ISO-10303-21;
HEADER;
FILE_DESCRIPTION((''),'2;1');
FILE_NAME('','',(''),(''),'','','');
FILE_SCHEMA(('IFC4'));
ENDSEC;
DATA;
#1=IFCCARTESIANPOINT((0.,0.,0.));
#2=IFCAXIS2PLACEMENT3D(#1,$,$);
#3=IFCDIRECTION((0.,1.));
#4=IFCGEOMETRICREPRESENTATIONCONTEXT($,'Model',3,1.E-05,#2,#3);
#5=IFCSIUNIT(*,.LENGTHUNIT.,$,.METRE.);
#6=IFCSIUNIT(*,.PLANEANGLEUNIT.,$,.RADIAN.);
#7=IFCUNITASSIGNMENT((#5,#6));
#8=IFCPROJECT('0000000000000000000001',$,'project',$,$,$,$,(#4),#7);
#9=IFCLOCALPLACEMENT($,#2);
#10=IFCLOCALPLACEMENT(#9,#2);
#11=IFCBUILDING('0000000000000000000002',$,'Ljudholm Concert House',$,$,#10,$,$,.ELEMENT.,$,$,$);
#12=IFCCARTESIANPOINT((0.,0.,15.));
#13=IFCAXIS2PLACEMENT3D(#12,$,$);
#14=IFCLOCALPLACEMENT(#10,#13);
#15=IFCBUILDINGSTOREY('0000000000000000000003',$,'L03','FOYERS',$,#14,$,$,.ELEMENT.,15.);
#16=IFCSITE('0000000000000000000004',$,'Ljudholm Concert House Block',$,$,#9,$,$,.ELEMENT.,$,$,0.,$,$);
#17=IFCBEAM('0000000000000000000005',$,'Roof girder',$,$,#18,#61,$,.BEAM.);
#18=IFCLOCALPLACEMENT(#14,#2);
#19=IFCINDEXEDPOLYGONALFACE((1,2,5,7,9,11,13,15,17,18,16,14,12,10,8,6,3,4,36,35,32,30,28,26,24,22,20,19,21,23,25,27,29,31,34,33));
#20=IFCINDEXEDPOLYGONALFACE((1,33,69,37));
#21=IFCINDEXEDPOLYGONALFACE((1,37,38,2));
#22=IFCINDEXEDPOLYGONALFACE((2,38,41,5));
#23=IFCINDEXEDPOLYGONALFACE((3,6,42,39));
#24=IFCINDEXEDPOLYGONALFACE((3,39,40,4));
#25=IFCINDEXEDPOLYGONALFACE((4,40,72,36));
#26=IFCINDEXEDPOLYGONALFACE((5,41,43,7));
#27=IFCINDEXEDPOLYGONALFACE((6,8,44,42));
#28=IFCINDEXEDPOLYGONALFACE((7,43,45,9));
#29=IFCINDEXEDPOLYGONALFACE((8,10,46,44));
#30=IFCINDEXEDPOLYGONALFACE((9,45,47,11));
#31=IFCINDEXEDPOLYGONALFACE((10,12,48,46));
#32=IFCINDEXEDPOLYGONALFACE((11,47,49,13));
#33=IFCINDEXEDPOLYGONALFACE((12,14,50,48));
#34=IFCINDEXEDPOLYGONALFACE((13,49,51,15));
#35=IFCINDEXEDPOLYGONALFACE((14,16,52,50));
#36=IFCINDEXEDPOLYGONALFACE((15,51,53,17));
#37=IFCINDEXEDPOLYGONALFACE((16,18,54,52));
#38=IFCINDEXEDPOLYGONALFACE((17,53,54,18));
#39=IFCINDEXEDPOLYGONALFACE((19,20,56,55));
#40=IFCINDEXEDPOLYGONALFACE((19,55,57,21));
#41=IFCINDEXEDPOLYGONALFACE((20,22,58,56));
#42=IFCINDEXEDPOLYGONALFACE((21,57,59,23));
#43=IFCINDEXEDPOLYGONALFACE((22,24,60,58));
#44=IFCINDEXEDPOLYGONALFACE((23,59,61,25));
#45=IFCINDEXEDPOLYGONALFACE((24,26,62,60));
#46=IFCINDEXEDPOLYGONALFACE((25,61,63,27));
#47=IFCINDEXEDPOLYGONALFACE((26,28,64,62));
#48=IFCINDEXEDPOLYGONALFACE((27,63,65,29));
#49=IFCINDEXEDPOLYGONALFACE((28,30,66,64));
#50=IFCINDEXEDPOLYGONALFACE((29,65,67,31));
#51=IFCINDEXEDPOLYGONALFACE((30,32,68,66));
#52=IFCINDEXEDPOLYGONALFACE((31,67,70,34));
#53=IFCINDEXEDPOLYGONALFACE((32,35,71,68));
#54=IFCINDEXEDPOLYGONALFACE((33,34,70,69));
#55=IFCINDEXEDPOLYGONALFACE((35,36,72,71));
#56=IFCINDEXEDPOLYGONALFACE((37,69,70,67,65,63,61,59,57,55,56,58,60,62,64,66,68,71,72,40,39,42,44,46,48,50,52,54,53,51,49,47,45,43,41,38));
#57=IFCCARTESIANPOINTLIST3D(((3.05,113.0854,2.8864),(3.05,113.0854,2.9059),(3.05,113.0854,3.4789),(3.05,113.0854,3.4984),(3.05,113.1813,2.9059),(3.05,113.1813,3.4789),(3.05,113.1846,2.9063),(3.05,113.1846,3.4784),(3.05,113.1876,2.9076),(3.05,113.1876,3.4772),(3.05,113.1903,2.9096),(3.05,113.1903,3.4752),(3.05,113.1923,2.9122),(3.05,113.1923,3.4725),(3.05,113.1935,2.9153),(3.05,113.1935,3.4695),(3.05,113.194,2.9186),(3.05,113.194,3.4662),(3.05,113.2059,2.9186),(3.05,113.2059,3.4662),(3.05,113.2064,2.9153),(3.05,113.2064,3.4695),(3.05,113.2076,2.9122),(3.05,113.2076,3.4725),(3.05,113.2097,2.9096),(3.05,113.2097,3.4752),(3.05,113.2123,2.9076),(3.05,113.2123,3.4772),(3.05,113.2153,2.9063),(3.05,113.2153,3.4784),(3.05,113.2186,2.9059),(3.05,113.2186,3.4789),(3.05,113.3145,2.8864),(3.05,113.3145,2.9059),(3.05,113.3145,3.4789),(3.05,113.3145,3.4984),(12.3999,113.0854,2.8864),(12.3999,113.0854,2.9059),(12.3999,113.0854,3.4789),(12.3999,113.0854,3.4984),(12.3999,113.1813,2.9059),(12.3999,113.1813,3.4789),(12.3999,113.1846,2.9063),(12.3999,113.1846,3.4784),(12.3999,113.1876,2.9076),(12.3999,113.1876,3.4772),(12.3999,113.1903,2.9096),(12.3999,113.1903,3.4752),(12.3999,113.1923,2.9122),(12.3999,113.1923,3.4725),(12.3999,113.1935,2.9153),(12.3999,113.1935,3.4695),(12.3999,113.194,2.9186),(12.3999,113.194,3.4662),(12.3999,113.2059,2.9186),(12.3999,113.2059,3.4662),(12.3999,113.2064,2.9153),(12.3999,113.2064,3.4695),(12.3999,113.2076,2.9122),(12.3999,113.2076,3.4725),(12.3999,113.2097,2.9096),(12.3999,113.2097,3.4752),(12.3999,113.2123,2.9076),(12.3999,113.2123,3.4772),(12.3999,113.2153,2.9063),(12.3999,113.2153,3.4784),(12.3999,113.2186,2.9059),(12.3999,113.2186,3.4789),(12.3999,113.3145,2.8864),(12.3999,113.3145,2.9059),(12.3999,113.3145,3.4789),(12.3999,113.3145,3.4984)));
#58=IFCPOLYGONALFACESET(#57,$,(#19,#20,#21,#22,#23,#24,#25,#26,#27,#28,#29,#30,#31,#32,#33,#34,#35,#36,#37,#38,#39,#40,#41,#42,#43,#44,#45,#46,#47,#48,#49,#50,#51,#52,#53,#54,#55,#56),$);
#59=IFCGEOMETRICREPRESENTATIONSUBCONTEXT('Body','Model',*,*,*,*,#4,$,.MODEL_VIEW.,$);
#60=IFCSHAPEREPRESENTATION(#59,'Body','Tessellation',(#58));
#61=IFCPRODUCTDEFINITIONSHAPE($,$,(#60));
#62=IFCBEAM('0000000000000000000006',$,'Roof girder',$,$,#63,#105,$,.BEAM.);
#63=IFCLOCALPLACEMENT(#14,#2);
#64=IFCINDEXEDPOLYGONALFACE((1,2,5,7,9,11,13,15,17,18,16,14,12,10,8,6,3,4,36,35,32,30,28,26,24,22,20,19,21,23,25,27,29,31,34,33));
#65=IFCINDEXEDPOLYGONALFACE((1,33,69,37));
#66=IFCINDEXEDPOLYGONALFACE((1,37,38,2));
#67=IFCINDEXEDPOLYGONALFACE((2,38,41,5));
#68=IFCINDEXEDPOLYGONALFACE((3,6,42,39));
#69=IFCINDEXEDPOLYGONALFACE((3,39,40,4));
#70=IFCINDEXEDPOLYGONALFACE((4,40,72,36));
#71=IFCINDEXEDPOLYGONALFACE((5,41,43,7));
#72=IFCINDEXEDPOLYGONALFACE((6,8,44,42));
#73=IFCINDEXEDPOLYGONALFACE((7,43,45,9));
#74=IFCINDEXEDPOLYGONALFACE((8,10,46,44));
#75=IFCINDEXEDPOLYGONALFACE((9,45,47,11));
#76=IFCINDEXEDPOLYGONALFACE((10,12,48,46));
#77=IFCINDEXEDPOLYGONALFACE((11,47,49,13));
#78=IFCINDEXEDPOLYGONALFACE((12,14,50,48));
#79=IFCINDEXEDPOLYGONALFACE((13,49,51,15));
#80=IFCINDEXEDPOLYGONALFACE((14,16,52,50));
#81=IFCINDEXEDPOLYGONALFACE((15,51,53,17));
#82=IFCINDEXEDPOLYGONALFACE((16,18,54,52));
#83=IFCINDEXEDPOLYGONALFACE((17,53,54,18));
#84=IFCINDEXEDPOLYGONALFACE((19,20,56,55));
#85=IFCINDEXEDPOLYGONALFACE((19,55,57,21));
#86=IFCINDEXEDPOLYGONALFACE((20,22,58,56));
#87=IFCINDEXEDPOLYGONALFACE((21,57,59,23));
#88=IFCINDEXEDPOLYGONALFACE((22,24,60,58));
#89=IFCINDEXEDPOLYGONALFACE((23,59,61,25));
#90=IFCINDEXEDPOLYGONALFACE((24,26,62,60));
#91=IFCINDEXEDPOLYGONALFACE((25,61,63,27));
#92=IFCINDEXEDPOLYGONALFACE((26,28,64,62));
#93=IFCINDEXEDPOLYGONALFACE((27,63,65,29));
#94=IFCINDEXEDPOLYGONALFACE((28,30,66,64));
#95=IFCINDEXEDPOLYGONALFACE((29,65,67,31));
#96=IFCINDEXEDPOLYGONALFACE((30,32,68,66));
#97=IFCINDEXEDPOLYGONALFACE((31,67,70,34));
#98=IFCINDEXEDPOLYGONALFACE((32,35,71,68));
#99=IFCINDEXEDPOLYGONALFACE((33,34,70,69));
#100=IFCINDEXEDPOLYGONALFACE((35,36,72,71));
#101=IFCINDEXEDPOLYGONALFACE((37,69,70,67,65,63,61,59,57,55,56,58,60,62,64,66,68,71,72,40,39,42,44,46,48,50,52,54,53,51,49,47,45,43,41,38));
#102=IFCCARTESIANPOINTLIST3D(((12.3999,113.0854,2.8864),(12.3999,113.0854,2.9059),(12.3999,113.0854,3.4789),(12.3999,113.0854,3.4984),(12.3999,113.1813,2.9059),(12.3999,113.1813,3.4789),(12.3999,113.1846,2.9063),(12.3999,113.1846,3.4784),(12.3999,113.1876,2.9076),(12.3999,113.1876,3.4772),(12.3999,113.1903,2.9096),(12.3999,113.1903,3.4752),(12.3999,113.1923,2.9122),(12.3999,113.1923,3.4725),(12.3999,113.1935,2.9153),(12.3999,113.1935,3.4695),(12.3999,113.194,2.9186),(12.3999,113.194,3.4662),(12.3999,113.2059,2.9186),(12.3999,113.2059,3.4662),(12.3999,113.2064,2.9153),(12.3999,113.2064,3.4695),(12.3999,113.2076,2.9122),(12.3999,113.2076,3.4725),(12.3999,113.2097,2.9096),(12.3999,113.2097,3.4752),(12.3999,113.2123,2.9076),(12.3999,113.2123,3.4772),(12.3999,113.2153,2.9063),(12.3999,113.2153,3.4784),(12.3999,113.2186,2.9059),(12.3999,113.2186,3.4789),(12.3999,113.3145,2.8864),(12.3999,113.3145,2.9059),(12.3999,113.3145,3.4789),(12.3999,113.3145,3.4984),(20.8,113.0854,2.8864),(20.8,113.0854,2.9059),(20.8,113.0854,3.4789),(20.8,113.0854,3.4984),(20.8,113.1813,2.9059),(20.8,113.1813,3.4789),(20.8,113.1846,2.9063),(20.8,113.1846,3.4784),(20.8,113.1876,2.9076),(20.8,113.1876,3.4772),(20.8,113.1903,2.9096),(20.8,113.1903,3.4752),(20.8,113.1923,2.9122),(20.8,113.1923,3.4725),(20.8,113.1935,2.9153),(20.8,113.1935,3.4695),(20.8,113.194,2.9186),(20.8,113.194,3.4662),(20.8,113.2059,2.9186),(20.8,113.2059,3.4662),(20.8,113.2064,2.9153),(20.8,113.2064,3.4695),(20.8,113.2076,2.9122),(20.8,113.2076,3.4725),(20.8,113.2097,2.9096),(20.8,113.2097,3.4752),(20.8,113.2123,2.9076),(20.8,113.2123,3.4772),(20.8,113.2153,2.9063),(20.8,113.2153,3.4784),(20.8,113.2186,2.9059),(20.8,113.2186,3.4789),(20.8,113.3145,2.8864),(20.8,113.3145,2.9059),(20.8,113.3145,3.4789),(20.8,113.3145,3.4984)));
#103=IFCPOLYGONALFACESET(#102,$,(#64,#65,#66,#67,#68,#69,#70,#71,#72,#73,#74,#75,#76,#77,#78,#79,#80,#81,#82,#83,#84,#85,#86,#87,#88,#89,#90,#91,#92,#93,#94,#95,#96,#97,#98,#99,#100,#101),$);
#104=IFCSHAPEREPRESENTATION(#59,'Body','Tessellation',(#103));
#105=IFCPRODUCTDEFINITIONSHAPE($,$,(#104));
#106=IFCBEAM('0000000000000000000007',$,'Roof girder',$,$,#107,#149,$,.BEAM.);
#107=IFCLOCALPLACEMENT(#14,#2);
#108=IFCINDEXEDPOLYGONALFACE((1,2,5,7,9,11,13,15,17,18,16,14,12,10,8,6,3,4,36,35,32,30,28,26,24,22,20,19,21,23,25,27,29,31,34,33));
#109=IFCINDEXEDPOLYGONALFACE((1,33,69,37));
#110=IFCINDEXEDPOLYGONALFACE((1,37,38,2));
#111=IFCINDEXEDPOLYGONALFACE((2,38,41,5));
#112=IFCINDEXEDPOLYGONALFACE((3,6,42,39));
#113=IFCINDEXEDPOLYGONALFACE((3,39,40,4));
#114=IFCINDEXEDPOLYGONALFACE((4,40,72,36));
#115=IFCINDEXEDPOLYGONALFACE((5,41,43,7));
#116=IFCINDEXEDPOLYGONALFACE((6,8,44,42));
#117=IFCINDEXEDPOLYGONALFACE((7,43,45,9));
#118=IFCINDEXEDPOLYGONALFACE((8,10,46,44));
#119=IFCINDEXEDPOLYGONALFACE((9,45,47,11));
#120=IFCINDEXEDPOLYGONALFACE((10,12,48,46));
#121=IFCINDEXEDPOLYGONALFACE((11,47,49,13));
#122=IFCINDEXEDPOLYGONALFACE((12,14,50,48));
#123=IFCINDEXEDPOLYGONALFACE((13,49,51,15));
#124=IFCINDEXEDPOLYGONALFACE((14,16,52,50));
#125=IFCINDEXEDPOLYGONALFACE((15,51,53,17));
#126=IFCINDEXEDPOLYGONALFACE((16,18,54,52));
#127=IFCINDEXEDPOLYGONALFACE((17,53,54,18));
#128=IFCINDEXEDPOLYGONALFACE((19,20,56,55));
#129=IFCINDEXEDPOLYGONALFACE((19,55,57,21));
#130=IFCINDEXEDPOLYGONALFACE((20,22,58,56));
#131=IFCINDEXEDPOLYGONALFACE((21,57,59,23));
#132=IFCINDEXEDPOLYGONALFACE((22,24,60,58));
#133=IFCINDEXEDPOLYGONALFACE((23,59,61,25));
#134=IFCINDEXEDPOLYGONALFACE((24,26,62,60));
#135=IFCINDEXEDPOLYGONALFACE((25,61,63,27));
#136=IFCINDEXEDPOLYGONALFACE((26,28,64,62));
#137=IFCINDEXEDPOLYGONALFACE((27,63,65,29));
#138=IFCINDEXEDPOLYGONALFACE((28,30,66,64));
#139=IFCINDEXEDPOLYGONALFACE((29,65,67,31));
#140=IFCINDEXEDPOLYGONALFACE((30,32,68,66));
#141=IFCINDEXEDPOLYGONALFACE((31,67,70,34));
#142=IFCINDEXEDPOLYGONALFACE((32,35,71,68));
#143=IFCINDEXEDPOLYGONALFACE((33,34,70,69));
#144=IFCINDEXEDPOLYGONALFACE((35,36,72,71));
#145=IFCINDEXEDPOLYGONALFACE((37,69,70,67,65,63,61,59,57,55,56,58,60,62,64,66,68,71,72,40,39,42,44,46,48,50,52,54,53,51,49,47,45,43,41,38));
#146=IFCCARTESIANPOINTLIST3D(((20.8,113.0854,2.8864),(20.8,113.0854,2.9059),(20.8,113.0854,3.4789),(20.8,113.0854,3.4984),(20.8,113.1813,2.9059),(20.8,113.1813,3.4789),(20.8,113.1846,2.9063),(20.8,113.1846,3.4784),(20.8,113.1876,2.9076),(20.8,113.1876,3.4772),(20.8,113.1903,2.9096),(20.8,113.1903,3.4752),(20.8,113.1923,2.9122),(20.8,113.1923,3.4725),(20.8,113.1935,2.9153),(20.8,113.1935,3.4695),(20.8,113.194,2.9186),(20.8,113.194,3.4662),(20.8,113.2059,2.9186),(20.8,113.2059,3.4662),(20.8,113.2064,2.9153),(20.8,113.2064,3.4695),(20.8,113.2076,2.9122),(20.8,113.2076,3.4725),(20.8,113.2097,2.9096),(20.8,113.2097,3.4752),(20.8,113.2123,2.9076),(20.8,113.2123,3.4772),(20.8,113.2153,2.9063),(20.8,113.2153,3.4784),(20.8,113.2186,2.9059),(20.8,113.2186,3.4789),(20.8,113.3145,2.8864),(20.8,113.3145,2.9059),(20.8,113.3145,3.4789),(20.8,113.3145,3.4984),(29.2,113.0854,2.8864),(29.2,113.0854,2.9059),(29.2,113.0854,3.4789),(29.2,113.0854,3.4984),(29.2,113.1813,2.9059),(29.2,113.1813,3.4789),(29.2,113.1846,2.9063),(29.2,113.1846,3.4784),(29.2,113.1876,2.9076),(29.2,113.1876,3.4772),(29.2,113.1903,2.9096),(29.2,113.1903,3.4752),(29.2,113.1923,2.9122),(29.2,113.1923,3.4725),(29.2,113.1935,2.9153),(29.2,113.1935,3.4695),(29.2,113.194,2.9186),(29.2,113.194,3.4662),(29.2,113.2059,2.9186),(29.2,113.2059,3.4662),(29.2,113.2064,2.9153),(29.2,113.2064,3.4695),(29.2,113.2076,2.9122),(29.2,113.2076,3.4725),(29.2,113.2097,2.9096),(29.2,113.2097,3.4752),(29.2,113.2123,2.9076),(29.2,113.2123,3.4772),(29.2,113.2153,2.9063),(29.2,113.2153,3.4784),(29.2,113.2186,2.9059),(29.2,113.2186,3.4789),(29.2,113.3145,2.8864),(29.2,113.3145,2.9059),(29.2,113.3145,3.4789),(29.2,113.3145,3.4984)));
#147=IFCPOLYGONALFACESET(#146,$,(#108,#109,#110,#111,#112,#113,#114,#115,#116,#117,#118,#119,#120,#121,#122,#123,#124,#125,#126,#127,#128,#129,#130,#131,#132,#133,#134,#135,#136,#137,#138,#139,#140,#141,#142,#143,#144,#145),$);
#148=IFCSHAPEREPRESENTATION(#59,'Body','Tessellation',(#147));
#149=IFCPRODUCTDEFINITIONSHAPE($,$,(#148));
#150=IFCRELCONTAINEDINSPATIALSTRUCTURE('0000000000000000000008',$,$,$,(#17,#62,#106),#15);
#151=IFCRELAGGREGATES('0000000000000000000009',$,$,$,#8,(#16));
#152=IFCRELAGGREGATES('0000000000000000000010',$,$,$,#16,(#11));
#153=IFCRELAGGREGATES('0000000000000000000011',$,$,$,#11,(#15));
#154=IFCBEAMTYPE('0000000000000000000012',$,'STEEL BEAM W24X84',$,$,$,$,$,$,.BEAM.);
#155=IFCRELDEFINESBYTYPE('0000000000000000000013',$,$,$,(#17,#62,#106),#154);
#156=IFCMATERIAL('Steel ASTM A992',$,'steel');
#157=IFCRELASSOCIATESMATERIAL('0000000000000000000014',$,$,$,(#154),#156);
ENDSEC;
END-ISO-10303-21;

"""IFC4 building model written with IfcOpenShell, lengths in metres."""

from ifc_helpers import new_model, si_unit, direction, frame, origin, origin_2d, place, context, subcontext, project, spatial, i_section, extrude, material, material_profile, profile_set, type_object, element, save


model = new_model("IFC4")

# Units and contexts
model_context = context("Model", 3, precision=1e-05, world=origin(), true_north=direction((0.0, 1.0)))
body_context = subcontext(model_context, "Body", "Model", "MODEL_VIEW")
ifc_project = project(units=[si_unit("LENGTHUNIT", "METRE"), si_unit("PLANEANGLEUNIT", "RADIAN")], contexts=[model_context])

# Site, building, storey
site_placement = place(None, origin())
site = spatial("IfcSite", under=ifc_project, at=site_placement, Name="Ljudholm Concert House Block", CompositionType="ELEMENT", RefElevation=0.0)
building_placement = place(site_placement, origin())
building = spatial("IfcBuilding", under=site, at=building_placement, Name="Ljudholm Concert House", CompositionType="ELEMENT")
storey_placement = place(building_placement, frame((0.0, 0.0, 15.0)))
storey = spatial("IfcBuildingStorey", under=building, at=storey_placement, Name="L03", Description="FOYERS", CompositionType="ELEMENT", Elevation=15.0)

# Beams
ifc_material_1 = material(Name="Steel ASTM A992", Category="steel")
ifc_material_profile_1 = material_profile(ifc_material_1, i_section(OverallWidth=0.229, OverallDepth=0.6121, WebThickness=0.012, FlangeThickness=0.0195, FilletRadius=0.0127, at=origin_2d()), Name="W24X84")
ifc_profile_set_1 = profile_set([ifc_material_profile_1], Name="Steel ASTM A992")
beam_type_1 = type_object("IfcBeamType", Name="STEEL BEAM W24X84", PredefinedType="BEAM", material=ifc_profile_set_1)
beam_1_placement = place(storey_placement, frame((3.05, 113.2, 3.1924), z_axis=(1.0, 0.0, 0.0), x_axis=(0.0, 1.0, 0.0)))
element("IfcBeam", 1, at=beam_1_placement, inside=storey, type_object=beam_type_1, Name="Roof girder", PredefinedType="BEAM", context=body_context, shape_type="SweptSolid", body=[
    extrude(i_section(OverallWidth=0.229, OverallDepth=0.6121, WebThickness=0.012, FlangeThickness=0.0195, FilletRadius=0.0127, at=origin_2d()), origin(), (0.0, 0.0, 1.0), 9.3499),
])
beam_2_placement = place(storey_placement, frame((12.3999, 113.2, 3.1924), z_axis=(1.0, 0.0, 0.0), x_axis=(0.0, 1.0, 0.0)))
element("IfcBeam", 2, at=beam_2_placement, inside=storey, type_object=beam_type_1, Name="Roof girder", PredefinedType="BEAM", context=body_context, shape_type="SweptSolid", body=[
    extrude(i_section(OverallWidth=0.229, OverallDepth=0.6121, WebThickness=0.012, FlangeThickness=0.0195, FilletRadius=0.0127, at=origin_2d()), origin(), (0.0, 0.0, 1.0), 8.4001),
])
beam_3_placement = place(storey_placement, frame((20.8, 113.2, 3.1924), z_axis=(1.0, 0.0, 0.0), x_axis=(0.0, 1.0, 0.0)))
element("IfcBeam", 3, at=beam_3_placement, inside=storey, type_object=beam_type_1, Name="Roof girder", PredefinedType="BEAM", context=body_context, shape_type="SweptSolid", body=[
    extrude(i_section(OverallWidth=0.229, OverallDepth=0.6121, WebThickness=0.012, FlangeThickness=0.0195, FilletRadius=0.0127, at=origin_2d()), origin(), (0.0, 0.0, 1.0), 8.3999),
])

save(model, "model.ifc")
